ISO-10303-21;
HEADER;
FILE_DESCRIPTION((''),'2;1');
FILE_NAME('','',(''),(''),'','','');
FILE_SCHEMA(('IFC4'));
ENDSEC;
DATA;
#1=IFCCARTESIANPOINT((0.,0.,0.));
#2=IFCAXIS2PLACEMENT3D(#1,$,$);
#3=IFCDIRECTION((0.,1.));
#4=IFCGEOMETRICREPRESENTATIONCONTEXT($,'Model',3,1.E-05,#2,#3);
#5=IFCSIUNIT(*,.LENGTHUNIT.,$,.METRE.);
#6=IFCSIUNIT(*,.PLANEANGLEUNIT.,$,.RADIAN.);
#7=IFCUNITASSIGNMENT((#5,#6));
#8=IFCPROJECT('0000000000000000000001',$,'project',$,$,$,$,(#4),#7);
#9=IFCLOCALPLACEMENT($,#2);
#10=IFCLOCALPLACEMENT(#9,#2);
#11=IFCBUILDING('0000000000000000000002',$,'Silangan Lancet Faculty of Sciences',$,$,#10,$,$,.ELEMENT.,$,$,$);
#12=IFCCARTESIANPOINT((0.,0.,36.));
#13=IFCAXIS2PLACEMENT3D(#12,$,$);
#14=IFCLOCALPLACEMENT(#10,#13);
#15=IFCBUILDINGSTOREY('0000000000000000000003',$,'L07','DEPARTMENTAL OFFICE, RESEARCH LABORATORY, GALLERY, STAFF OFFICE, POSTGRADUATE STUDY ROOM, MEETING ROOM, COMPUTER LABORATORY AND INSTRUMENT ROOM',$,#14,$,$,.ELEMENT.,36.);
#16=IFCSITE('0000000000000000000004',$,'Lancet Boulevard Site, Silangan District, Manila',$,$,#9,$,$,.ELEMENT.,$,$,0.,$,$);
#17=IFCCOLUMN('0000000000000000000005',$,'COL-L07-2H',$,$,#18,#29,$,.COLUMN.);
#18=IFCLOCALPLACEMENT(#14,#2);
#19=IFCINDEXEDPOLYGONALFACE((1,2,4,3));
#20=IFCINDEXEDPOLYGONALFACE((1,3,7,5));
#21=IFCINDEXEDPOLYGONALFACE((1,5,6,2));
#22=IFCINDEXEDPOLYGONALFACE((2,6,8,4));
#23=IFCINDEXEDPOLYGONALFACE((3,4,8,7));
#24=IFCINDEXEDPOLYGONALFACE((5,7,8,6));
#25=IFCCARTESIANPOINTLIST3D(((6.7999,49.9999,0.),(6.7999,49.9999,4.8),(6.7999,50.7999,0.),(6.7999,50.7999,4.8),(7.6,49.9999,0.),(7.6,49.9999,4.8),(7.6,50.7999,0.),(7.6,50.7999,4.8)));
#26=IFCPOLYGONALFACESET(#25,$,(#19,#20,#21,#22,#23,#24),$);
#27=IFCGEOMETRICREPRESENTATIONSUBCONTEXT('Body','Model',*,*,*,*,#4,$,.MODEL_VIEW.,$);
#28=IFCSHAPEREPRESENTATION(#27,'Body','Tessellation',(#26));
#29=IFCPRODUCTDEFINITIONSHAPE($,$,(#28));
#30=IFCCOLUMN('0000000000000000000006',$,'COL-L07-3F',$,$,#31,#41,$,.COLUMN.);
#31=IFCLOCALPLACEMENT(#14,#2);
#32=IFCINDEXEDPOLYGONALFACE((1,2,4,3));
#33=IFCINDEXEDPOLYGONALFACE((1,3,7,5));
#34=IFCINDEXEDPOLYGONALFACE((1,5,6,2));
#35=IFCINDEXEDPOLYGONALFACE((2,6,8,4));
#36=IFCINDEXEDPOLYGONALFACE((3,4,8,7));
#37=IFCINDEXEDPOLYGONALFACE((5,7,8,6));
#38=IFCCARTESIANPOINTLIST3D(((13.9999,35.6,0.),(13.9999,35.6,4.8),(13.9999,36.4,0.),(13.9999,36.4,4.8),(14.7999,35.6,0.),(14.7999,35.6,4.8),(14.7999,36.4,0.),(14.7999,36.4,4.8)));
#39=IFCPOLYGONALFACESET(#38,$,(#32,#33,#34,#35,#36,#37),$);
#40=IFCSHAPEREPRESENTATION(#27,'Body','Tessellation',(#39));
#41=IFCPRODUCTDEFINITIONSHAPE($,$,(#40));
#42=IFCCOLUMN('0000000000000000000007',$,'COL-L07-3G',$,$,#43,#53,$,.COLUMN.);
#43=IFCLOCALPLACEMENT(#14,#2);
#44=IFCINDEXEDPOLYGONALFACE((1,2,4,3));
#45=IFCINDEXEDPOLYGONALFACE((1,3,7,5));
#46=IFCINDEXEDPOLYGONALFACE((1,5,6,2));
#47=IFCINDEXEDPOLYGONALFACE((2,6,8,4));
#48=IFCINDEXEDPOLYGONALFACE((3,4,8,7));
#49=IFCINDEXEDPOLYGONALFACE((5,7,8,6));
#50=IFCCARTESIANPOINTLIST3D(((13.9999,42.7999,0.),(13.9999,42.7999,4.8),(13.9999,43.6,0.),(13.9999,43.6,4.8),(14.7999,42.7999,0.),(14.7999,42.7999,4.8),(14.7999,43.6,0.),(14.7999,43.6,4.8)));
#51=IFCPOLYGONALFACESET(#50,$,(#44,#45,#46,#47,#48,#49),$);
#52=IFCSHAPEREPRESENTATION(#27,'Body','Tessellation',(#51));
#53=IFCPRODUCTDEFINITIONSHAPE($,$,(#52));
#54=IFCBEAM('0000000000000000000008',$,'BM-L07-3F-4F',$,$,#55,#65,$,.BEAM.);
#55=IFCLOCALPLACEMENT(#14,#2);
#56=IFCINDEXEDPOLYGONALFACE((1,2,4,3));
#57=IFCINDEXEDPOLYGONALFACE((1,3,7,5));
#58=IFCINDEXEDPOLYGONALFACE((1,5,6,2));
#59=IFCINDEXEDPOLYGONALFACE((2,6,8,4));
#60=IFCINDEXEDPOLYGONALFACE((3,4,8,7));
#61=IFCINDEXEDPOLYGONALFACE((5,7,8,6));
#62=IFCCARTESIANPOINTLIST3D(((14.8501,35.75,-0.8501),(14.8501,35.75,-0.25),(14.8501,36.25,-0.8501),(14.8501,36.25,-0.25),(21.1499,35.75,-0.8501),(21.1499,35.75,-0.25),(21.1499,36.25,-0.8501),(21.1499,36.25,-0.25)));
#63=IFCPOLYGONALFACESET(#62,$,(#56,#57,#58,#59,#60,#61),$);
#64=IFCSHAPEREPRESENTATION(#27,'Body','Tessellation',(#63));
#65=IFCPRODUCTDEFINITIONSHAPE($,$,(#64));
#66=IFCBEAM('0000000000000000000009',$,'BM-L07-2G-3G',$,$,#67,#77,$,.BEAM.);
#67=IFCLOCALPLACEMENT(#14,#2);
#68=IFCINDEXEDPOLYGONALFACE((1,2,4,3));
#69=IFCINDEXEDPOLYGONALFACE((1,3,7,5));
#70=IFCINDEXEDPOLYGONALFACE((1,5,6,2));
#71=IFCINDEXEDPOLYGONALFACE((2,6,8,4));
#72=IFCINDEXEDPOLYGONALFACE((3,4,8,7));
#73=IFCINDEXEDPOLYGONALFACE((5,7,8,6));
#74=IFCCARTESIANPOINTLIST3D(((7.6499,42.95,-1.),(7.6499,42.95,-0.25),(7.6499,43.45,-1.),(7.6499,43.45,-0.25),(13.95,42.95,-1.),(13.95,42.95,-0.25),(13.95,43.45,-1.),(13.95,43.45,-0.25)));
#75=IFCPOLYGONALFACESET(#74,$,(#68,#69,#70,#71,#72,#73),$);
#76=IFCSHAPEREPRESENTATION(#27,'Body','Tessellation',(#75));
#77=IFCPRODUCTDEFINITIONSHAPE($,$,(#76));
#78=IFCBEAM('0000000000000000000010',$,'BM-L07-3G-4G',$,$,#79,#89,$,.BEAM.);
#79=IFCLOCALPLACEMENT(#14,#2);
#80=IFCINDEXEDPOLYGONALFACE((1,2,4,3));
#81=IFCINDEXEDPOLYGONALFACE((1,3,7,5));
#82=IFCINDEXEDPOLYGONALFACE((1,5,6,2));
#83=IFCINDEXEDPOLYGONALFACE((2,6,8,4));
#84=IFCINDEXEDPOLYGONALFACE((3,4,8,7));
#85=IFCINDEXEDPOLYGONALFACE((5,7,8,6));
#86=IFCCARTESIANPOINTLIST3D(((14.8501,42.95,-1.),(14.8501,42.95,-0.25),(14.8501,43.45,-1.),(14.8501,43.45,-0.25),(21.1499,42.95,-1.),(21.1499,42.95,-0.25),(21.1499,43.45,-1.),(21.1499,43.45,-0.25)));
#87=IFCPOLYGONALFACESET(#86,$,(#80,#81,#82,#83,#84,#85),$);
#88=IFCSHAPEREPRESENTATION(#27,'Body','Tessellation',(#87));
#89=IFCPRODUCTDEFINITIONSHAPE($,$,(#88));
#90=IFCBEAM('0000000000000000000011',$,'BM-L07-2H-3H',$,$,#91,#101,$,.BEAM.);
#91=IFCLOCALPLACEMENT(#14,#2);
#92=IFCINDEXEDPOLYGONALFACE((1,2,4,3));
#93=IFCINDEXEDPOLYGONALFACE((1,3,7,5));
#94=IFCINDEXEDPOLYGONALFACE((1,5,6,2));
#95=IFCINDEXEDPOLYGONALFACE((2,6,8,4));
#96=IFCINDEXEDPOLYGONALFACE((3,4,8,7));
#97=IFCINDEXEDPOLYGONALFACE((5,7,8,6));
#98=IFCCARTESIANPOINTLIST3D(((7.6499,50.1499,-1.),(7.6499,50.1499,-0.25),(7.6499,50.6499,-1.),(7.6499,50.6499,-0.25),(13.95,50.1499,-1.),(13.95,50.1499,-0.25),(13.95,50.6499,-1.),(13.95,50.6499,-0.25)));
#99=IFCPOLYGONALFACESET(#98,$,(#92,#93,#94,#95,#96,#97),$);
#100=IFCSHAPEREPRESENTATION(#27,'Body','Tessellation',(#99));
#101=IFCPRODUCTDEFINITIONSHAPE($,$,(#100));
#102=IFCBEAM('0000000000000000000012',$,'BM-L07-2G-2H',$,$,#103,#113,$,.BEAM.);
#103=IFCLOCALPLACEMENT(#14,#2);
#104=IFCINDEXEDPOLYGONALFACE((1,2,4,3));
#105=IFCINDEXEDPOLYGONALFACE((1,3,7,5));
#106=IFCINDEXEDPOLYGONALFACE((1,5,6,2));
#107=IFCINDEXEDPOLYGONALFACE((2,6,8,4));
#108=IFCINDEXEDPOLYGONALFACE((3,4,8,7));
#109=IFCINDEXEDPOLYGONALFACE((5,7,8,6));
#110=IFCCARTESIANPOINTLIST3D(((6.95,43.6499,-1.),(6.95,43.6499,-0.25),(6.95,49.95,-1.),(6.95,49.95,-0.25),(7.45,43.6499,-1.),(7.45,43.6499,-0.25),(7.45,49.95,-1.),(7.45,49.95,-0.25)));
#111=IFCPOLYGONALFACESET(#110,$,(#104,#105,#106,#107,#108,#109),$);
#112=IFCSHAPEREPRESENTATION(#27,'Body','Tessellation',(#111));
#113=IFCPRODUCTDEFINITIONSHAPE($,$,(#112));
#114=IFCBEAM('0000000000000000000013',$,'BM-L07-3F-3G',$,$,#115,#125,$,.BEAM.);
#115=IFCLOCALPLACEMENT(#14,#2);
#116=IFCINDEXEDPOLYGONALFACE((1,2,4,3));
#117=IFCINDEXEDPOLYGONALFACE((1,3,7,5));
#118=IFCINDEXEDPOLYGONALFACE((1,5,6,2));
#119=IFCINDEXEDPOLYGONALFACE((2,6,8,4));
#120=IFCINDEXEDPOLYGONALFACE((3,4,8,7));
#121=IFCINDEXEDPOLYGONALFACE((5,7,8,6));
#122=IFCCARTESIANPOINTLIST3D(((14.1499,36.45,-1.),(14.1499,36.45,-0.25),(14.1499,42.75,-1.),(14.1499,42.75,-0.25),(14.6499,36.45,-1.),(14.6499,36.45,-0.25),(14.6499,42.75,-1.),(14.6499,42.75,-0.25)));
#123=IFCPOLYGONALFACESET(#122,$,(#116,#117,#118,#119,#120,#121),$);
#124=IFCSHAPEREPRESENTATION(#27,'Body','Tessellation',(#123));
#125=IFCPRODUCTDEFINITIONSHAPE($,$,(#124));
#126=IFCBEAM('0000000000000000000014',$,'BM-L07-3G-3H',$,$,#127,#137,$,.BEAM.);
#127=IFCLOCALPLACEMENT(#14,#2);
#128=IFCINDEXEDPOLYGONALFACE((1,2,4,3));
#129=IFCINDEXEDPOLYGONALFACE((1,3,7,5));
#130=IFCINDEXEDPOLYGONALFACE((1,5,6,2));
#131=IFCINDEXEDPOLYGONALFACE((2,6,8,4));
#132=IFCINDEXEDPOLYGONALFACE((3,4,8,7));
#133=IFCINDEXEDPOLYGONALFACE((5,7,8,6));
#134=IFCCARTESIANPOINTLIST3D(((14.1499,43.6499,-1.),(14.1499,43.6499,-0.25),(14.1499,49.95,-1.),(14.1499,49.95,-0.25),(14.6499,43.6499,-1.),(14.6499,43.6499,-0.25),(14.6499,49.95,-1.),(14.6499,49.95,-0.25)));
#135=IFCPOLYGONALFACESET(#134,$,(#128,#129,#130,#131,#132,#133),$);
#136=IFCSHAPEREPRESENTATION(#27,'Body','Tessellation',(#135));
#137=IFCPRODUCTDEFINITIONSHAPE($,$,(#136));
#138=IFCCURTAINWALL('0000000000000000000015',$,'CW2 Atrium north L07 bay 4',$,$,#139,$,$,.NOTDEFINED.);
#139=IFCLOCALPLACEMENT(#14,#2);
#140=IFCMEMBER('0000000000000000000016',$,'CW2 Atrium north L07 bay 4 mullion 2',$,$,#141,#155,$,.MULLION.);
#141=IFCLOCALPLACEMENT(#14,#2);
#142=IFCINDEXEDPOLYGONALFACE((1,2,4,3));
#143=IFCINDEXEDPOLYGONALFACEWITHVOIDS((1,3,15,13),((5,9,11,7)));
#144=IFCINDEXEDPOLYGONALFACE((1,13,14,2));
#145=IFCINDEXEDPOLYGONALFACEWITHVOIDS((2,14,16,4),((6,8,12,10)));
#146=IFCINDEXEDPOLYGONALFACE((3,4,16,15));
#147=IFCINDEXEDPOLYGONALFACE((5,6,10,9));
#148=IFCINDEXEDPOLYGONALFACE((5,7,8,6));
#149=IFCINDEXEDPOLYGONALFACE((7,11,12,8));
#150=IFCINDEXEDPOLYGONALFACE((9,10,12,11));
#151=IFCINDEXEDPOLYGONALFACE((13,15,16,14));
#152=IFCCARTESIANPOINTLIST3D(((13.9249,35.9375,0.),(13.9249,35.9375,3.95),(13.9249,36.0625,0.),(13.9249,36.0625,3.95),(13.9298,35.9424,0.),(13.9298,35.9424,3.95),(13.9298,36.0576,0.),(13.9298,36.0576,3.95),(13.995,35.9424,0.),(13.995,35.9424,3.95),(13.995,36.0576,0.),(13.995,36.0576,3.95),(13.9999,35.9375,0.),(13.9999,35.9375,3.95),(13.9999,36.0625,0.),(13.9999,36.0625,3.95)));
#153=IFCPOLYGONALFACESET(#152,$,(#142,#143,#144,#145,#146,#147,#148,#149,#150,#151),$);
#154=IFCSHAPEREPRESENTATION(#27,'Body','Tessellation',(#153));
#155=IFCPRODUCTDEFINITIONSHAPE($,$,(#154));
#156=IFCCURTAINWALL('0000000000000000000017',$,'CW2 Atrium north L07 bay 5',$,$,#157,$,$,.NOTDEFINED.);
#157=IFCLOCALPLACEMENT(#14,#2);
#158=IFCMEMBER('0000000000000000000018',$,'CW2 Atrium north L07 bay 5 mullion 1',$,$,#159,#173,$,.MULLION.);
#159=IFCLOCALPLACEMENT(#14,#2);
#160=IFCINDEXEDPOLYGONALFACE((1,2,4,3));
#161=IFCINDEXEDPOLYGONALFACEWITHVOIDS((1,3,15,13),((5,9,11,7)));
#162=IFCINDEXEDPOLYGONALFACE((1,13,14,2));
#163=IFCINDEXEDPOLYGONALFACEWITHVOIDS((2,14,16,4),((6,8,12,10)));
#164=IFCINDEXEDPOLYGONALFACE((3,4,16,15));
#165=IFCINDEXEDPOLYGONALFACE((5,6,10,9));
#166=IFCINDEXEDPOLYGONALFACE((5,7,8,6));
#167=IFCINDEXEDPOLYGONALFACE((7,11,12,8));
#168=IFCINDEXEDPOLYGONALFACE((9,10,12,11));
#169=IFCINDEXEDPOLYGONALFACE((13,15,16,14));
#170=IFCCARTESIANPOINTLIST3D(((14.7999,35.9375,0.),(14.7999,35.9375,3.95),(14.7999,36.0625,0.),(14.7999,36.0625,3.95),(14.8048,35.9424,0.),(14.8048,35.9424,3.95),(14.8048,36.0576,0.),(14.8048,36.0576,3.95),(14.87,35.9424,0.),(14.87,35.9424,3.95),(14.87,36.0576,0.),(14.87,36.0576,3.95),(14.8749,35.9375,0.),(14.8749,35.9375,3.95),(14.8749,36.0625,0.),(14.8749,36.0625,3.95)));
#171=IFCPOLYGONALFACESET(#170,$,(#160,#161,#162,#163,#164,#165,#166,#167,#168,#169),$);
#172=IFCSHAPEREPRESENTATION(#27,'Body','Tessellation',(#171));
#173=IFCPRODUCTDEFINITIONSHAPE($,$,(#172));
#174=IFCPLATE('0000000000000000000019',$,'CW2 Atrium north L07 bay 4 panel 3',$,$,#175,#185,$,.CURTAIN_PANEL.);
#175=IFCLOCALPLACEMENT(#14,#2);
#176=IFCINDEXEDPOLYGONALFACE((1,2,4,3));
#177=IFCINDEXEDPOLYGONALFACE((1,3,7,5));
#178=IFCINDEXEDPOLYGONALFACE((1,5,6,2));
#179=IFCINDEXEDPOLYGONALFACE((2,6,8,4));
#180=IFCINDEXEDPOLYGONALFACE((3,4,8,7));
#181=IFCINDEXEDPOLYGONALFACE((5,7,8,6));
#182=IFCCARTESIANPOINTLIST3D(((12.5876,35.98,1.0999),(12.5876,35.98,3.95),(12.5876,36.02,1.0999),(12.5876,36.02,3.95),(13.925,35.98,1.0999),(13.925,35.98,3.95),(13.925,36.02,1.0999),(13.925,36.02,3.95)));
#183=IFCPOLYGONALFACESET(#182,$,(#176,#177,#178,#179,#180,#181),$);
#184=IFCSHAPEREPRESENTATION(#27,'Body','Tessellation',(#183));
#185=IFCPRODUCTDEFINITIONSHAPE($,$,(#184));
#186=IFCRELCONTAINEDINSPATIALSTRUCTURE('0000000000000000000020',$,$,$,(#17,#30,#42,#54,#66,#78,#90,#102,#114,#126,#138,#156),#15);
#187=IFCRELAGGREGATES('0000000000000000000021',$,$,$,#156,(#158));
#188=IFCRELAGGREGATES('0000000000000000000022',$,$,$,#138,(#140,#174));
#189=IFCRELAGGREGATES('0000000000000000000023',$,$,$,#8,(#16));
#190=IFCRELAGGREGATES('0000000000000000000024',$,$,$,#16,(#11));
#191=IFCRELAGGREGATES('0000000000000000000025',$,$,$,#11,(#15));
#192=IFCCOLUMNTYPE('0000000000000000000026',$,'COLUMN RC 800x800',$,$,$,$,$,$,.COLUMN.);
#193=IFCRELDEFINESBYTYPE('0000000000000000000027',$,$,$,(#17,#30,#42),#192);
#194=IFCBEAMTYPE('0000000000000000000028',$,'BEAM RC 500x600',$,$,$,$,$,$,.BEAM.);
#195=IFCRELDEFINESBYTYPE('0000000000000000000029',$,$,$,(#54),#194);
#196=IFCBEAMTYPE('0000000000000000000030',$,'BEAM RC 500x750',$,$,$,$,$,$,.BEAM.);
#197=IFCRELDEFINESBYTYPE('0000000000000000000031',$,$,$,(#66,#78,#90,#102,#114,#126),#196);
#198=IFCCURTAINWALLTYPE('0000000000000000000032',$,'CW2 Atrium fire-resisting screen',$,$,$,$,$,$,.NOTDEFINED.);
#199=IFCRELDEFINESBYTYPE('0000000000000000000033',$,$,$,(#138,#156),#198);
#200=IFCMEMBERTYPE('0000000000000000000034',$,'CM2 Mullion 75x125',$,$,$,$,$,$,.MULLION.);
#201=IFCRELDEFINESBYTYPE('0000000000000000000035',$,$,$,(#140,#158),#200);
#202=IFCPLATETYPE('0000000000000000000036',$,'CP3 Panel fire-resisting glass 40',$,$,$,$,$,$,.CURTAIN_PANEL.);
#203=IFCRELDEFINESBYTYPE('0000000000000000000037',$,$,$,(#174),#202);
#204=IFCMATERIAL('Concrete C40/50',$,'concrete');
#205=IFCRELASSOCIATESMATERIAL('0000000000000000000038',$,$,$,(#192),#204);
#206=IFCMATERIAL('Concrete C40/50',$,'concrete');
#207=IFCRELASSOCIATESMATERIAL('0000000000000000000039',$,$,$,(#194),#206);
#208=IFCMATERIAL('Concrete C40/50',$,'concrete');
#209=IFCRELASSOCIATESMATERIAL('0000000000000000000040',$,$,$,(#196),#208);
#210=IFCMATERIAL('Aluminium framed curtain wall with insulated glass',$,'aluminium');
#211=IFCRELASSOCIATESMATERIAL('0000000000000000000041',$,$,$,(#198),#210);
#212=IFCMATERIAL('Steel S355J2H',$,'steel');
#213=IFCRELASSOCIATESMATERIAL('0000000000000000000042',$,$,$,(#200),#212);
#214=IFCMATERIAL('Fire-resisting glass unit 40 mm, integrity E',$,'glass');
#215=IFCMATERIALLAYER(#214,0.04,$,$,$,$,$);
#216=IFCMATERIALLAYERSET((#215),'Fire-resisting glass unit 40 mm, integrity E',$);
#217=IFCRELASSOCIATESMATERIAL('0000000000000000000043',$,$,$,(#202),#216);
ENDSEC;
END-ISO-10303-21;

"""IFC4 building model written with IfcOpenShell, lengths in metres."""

from ifc_helpers import new_model, si_unit, direction, frame, origin, origin_2d, place, context, subcontext, project, spatial, rectangle, hollow_rectangle, extrude, material, layer, layer_set, material_profile, profile_set, type_object, element, aggregate, save


model = new_model("IFC4")

# Units and contexts
model_context = context("Model", 3, precision=1e-05, world=origin(), true_north=direction((0.0, 1.0)))
body_context = subcontext(model_context, "Body", "Model", "MODEL_VIEW")
ifc_project = project(units=[si_unit("LENGTHUNIT", "METRE"), si_unit("PLANEANGLEUNIT", "RADIAN")], contexts=[model_context])

# Site, building, storey
site_placement = place(None, origin())
site = spatial("IfcSite", under=ifc_project, at=site_placement, Name="Lancet Boulevard Site, Silangan District, Manila", CompositionType="ELEMENT", RefElevation=0.0)
building_placement = place(site_placement, origin())
building = spatial("IfcBuilding", under=site, at=building_placement, Name="Silangan Lancet Faculty of Sciences", CompositionType="ELEMENT")
storey_placement = place(building_placement, frame((0.0, 0.0, 36.0)))
storey = spatial("IfcBuildingStorey", under=building, at=storey_placement, Name="L07", Description="DEPARTMENTAL OFFICE, RESEARCH LABORATORY, GALLERY, STAFF OFFICE, POSTGRADUATE STUDY ROOM, MEETING ROOM, COMPUTER LABORATORY AND INSTRUMENT ROOM", CompositionType="ELEMENT", Elevation=36.0)

# Columns
ifc_material_1 = material(Name="Concrete C40/50", Category="concrete")
ifc_material_profile_1 = material_profile(ifc_material_1, rectangle(XDim=0.8, YDim=0.8, at=origin_2d()), Name="RC 800x800")
ifc_profile_set_1 = profile_set([ifc_material_profile_1], Name="Concrete C40/50")
column_type = type_object("IfcColumnType", Name="COLUMN RC 800x800", PredefinedType="COLUMN", material=ifc_profile_set_1)
for number, where, z_axis, x_axis, name in (
    (1, (7.2, 50.3999, 0.0), (0.0, 0.0, 1.0), (1.0, 0.0, 0.0), "COL-L07-2H"),
    (2, (14.3999, 36.0, 0.0), (0.0, 0.0, 1.0), (1.0, 0.0, 0.0), "COL-L07-3F"),
    (3, (14.3999, 43.2, 0.0), (0.0, 0.0, 1.0), (1.0, 0.0, 0.0), "COL-L07-3G"),
):
    element("IfcColumn", number, at=place(storey_placement, frame(where, z_axis=z_axis, x_axis=x_axis)), inside=storey, type_object=column_type, Name=name, PredefinedType="COLUMN", context=body_context, shape_type="SweptSolid", body=[
        extrude(rectangle(XDim=0.8, YDim=0.8, at=origin_2d()), origin(), (0.0, 0.0, 1.0), 4.8),
    ])

# Beams
ifc_material_2 = material(Name="Concrete C40/50", Category="concrete")
ifc_material_profile_2 = material_profile(ifc_material_2, rectangle(XDim=0.5, YDim=0.6001, at=origin_2d()), Name="RC 500x600")
ifc_profile_set_2 = profile_set([ifc_material_profile_2], Name="Concrete C40/50")
beam_type_1 = type_object("IfcBeamType", Name="BEAM RC 500x600", PredefinedType="BEAM", material=ifc_profile_set_2)
beam_1_placement = place(storey_placement, frame((14.8501, 36.0, -0.55), z_axis=(1.0, 0.0, 0.0), x_axis=(0.0, 1.0, 0.0)))
element("IfcBeam", 4, at=beam_1_placement, inside=storey, type_object=beam_type_1, Name="BM-L07-3F-4F", PredefinedType="BEAM", context=body_context, shape_type="SweptSolid", body=[
    extrude(rectangle(XDim=0.5, YDim=0.6001, at=origin_2d()), origin(), (0.0, 0.0, 1.0), 6.2998),
])
ifc_material_3 = material(Name="Concrete C40/50", Category="concrete")
ifc_material_profile_3 = material_profile(ifc_material_3, rectangle(XDim=0.5, YDim=0.75, at=origin_2d()), Name="RC 500x750")
ifc_profile_set_3 = profile_set([ifc_material_profile_3], Name="Concrete C40/50")
beam_type_2 = type_object("IfcBeamType", Name="BEAM RC 500x750", PredefinedType="BEAM", material=ifc_profile_set_3)
beam_2_placement = place(storey_placement, frame((7.6499, 43.2, -0.625), z_axis=(1.0, 0.0, 0.0), x_axis=(0.0, 1.0, 0.0)))
element("IfcBeam", 5, at=beam_2_placement, inside=storey, type_object=beam_type_2, Name="BM-L07-2G-3G", PredefinedType="BEAM", context=body_context, shape_type="SweptSolid", body=[
    extrude(rectangle(XDim=0.5, YDim=0.75, at=origin_2d()), origin(), (0.0, 0.0, 1.0), 6.3),
])
beam_3_placement = place(storey_placement, frame((14.8501, 43.2, -0.625), z_axis=(1.0, 0.0, 0.0), x_axis=(0.0, 1.0, 0.0)))
element("IfcBeam", 6, at=beam_3_placement, inside=storey, type_object=beam_type_2, Name="BM-L07-3G-4G", PredefinedType="BEAM", context=body_context, shape_type="SweptSolid", body=[
    extrude(rectangle(XDim=0.5, YDim=0.75, at=origin_2d()), origin(), (0.0, 0.0, 1.0), 6.2998),
])
for number, where, z_axis, x_axis, name in (
    (7, (7.6499, 50.3999, -0.625), (1.0, 0.0, 0.0), (0.0, 1.0, 0.0), "BM-L07-2H-3H"),
    (8, (7.2, 43.6499, -0.625), (0.0, 1.0, 0.0), (-1.0, 0.0, 0.0), "BM-L07-2G-2H"),
    (9, (14.3999, 36.45, -0.625), (0.0, 1.0, 0.0), (-1.0, 0.0, 0.0), "BM-L07-3F-3G"),
    (10, (14.3999, 43.6499, -0.625), (0.0, 1.0, 0.0), (-1.0, 0.0, 0.0), "BM-L07-3G-3H"),
):
    element("IfcBeam", number, at=place(storey_placement, frame(where, z_axis=z_axis, x_axis=x_axis)), inside=storey, type_object=beam_type_2, Name=name, PredefinedType="BEAM", context=body_context, shape_type="SweptSolid", body=[
        extrude(rectangle(XDim=0.5, YDim=0.75, at=origin_2d()), origin(), (0.0, 0.0, 1.0), 6.3),
    ])

# Curtain walls, members
ifc_material_4 = material(Name="Aluminium framed curtain wall with insulated glass", Category="aluminium")
curtain_wall_type = type_object("IfcCurtainWallType", Name="CW2 Atrium fire-resisting screen", PredefinedType="NOTDEFINED", material=ifc_material_4)
curtain_wall_1_placement = place(storey_placement, origin())
curtain_wall_1 = element("IfcCurtainWall", 11, at=curtain_wall_1_placement, inside=storey, type_object=curtain_wall_type, Name="CW2 Atrium north L07 bay 4", PredefinedType="NOTDEFINED")
ifc_material_5 = material(Name="Steel S355J2H", Category="steel")
ifc_material_profile_4 = material_profile(ifc_material_5, hollow_rectangle(XDim=0.075, YDim=0.125, WallThickness=0.0049, at=origin_2d()), Name="ST BOX 75x125x5")
ifc_profile_set_4 = profile_set([ifc_material_profile_4], Name="Steel S355J2H")
member_type = type_object("IfcMemberType", Name="CM2 Mullion 75x125", PredefinedType="MULLION", material=ifc_profile_set_4)
member_1_placement = place(storey_placement, frame((13.9624, 36.0, 0.0), z_axis=(0.0, 0.0, 1.0), x_axis=(1.0, 0.0, 0.0)))
member_1 = element("IfcMember", 12, at=member_1_placement, type_object=member_type, Name="CW2 Atrium north L07 bay 4 mullion 2", PredefinedType="MULLION", context=body_context, shape_type="SweptSolid", body=[
    extrude(hollow_rectangle(XDim=0.075, YDim=0.125, WallThickness=0.0049, at=origin_2d()), origin(), (0.0, 0.0, 1.0), 3.95),
])
curtain_wall_2_placement = place(storey_placement, origin())
curtain_wall_2 = element("IfcCurtainWall", 13, at=curtain_wall_2_placement, inside=storey, type_object=curtain_wall_type, Name="CW2 Atrium north L07 bay 5", PredefinedType="NOTDEFINED")
member_2_placement = place(storey_placement, frame((14.8374, 36.0, 0.0), z_axis=(0.0, 0.0, 1.0), x_axis=(1.0, 0.0, 0.0)))
member_2 = element("IfcMember", 14, at=member_2_placement, type_object=member_type, Name="CW2 Atrium north L07 bay 5 mullion 1", PredefinedType="MULLION", context=body_context, shape_type="SweptSolid", body=[
    extrude(hollow_rectangle(XDim=0.075, YDim=0.125, WallThickness=0.0049, at=origin_2d()), origin(), (0.0, 0.0, 1.0), 3.95),
])
aggregate(curtain_wall_2, [member_2])

# Plate
ifc_material_6 = material(Name="Fire-resisting glass unit 40 mm, integrity E", Category="glass")
ifc_layer_1 = layer(ifc_material_6, 0.04)
ifc_layer_set_1 = layer_set([ifc_layer_1], Name="Fire-resisting glass unit 40 mm, integrity E")
plate_type = type_object("IfcPlateType", Name="CP3 Panel fire-resisting glass 40", PredefinedType="CURTAIN_PANEL", material=ifc_layer_set_1)
plate_placement = place(storey_placement, frame((13.2563, 36.0, 1.0999), z_axis=(0.0, 0.0, 1.0), x_axis=(1.0, 0.0, 0.0)))
plate = element("IfcPlate", 15, at=plate_placement, type_object=plate_type, Name="CW2 Atrium north L07 bay 4 panel 3", PredefinedType="CURTAIN_PANEL", context=body_context, shape_type="SweptSolid", body=[
    extrude(rectangle(XDim=1.3374, YDim=0.04, at=origin_2d()), origin(), (0.0, 0.0, 1.0), 2.8501),
])
aggregate(curtain_wall_1, [member_1, plate])

save(model, "model.ifc")
